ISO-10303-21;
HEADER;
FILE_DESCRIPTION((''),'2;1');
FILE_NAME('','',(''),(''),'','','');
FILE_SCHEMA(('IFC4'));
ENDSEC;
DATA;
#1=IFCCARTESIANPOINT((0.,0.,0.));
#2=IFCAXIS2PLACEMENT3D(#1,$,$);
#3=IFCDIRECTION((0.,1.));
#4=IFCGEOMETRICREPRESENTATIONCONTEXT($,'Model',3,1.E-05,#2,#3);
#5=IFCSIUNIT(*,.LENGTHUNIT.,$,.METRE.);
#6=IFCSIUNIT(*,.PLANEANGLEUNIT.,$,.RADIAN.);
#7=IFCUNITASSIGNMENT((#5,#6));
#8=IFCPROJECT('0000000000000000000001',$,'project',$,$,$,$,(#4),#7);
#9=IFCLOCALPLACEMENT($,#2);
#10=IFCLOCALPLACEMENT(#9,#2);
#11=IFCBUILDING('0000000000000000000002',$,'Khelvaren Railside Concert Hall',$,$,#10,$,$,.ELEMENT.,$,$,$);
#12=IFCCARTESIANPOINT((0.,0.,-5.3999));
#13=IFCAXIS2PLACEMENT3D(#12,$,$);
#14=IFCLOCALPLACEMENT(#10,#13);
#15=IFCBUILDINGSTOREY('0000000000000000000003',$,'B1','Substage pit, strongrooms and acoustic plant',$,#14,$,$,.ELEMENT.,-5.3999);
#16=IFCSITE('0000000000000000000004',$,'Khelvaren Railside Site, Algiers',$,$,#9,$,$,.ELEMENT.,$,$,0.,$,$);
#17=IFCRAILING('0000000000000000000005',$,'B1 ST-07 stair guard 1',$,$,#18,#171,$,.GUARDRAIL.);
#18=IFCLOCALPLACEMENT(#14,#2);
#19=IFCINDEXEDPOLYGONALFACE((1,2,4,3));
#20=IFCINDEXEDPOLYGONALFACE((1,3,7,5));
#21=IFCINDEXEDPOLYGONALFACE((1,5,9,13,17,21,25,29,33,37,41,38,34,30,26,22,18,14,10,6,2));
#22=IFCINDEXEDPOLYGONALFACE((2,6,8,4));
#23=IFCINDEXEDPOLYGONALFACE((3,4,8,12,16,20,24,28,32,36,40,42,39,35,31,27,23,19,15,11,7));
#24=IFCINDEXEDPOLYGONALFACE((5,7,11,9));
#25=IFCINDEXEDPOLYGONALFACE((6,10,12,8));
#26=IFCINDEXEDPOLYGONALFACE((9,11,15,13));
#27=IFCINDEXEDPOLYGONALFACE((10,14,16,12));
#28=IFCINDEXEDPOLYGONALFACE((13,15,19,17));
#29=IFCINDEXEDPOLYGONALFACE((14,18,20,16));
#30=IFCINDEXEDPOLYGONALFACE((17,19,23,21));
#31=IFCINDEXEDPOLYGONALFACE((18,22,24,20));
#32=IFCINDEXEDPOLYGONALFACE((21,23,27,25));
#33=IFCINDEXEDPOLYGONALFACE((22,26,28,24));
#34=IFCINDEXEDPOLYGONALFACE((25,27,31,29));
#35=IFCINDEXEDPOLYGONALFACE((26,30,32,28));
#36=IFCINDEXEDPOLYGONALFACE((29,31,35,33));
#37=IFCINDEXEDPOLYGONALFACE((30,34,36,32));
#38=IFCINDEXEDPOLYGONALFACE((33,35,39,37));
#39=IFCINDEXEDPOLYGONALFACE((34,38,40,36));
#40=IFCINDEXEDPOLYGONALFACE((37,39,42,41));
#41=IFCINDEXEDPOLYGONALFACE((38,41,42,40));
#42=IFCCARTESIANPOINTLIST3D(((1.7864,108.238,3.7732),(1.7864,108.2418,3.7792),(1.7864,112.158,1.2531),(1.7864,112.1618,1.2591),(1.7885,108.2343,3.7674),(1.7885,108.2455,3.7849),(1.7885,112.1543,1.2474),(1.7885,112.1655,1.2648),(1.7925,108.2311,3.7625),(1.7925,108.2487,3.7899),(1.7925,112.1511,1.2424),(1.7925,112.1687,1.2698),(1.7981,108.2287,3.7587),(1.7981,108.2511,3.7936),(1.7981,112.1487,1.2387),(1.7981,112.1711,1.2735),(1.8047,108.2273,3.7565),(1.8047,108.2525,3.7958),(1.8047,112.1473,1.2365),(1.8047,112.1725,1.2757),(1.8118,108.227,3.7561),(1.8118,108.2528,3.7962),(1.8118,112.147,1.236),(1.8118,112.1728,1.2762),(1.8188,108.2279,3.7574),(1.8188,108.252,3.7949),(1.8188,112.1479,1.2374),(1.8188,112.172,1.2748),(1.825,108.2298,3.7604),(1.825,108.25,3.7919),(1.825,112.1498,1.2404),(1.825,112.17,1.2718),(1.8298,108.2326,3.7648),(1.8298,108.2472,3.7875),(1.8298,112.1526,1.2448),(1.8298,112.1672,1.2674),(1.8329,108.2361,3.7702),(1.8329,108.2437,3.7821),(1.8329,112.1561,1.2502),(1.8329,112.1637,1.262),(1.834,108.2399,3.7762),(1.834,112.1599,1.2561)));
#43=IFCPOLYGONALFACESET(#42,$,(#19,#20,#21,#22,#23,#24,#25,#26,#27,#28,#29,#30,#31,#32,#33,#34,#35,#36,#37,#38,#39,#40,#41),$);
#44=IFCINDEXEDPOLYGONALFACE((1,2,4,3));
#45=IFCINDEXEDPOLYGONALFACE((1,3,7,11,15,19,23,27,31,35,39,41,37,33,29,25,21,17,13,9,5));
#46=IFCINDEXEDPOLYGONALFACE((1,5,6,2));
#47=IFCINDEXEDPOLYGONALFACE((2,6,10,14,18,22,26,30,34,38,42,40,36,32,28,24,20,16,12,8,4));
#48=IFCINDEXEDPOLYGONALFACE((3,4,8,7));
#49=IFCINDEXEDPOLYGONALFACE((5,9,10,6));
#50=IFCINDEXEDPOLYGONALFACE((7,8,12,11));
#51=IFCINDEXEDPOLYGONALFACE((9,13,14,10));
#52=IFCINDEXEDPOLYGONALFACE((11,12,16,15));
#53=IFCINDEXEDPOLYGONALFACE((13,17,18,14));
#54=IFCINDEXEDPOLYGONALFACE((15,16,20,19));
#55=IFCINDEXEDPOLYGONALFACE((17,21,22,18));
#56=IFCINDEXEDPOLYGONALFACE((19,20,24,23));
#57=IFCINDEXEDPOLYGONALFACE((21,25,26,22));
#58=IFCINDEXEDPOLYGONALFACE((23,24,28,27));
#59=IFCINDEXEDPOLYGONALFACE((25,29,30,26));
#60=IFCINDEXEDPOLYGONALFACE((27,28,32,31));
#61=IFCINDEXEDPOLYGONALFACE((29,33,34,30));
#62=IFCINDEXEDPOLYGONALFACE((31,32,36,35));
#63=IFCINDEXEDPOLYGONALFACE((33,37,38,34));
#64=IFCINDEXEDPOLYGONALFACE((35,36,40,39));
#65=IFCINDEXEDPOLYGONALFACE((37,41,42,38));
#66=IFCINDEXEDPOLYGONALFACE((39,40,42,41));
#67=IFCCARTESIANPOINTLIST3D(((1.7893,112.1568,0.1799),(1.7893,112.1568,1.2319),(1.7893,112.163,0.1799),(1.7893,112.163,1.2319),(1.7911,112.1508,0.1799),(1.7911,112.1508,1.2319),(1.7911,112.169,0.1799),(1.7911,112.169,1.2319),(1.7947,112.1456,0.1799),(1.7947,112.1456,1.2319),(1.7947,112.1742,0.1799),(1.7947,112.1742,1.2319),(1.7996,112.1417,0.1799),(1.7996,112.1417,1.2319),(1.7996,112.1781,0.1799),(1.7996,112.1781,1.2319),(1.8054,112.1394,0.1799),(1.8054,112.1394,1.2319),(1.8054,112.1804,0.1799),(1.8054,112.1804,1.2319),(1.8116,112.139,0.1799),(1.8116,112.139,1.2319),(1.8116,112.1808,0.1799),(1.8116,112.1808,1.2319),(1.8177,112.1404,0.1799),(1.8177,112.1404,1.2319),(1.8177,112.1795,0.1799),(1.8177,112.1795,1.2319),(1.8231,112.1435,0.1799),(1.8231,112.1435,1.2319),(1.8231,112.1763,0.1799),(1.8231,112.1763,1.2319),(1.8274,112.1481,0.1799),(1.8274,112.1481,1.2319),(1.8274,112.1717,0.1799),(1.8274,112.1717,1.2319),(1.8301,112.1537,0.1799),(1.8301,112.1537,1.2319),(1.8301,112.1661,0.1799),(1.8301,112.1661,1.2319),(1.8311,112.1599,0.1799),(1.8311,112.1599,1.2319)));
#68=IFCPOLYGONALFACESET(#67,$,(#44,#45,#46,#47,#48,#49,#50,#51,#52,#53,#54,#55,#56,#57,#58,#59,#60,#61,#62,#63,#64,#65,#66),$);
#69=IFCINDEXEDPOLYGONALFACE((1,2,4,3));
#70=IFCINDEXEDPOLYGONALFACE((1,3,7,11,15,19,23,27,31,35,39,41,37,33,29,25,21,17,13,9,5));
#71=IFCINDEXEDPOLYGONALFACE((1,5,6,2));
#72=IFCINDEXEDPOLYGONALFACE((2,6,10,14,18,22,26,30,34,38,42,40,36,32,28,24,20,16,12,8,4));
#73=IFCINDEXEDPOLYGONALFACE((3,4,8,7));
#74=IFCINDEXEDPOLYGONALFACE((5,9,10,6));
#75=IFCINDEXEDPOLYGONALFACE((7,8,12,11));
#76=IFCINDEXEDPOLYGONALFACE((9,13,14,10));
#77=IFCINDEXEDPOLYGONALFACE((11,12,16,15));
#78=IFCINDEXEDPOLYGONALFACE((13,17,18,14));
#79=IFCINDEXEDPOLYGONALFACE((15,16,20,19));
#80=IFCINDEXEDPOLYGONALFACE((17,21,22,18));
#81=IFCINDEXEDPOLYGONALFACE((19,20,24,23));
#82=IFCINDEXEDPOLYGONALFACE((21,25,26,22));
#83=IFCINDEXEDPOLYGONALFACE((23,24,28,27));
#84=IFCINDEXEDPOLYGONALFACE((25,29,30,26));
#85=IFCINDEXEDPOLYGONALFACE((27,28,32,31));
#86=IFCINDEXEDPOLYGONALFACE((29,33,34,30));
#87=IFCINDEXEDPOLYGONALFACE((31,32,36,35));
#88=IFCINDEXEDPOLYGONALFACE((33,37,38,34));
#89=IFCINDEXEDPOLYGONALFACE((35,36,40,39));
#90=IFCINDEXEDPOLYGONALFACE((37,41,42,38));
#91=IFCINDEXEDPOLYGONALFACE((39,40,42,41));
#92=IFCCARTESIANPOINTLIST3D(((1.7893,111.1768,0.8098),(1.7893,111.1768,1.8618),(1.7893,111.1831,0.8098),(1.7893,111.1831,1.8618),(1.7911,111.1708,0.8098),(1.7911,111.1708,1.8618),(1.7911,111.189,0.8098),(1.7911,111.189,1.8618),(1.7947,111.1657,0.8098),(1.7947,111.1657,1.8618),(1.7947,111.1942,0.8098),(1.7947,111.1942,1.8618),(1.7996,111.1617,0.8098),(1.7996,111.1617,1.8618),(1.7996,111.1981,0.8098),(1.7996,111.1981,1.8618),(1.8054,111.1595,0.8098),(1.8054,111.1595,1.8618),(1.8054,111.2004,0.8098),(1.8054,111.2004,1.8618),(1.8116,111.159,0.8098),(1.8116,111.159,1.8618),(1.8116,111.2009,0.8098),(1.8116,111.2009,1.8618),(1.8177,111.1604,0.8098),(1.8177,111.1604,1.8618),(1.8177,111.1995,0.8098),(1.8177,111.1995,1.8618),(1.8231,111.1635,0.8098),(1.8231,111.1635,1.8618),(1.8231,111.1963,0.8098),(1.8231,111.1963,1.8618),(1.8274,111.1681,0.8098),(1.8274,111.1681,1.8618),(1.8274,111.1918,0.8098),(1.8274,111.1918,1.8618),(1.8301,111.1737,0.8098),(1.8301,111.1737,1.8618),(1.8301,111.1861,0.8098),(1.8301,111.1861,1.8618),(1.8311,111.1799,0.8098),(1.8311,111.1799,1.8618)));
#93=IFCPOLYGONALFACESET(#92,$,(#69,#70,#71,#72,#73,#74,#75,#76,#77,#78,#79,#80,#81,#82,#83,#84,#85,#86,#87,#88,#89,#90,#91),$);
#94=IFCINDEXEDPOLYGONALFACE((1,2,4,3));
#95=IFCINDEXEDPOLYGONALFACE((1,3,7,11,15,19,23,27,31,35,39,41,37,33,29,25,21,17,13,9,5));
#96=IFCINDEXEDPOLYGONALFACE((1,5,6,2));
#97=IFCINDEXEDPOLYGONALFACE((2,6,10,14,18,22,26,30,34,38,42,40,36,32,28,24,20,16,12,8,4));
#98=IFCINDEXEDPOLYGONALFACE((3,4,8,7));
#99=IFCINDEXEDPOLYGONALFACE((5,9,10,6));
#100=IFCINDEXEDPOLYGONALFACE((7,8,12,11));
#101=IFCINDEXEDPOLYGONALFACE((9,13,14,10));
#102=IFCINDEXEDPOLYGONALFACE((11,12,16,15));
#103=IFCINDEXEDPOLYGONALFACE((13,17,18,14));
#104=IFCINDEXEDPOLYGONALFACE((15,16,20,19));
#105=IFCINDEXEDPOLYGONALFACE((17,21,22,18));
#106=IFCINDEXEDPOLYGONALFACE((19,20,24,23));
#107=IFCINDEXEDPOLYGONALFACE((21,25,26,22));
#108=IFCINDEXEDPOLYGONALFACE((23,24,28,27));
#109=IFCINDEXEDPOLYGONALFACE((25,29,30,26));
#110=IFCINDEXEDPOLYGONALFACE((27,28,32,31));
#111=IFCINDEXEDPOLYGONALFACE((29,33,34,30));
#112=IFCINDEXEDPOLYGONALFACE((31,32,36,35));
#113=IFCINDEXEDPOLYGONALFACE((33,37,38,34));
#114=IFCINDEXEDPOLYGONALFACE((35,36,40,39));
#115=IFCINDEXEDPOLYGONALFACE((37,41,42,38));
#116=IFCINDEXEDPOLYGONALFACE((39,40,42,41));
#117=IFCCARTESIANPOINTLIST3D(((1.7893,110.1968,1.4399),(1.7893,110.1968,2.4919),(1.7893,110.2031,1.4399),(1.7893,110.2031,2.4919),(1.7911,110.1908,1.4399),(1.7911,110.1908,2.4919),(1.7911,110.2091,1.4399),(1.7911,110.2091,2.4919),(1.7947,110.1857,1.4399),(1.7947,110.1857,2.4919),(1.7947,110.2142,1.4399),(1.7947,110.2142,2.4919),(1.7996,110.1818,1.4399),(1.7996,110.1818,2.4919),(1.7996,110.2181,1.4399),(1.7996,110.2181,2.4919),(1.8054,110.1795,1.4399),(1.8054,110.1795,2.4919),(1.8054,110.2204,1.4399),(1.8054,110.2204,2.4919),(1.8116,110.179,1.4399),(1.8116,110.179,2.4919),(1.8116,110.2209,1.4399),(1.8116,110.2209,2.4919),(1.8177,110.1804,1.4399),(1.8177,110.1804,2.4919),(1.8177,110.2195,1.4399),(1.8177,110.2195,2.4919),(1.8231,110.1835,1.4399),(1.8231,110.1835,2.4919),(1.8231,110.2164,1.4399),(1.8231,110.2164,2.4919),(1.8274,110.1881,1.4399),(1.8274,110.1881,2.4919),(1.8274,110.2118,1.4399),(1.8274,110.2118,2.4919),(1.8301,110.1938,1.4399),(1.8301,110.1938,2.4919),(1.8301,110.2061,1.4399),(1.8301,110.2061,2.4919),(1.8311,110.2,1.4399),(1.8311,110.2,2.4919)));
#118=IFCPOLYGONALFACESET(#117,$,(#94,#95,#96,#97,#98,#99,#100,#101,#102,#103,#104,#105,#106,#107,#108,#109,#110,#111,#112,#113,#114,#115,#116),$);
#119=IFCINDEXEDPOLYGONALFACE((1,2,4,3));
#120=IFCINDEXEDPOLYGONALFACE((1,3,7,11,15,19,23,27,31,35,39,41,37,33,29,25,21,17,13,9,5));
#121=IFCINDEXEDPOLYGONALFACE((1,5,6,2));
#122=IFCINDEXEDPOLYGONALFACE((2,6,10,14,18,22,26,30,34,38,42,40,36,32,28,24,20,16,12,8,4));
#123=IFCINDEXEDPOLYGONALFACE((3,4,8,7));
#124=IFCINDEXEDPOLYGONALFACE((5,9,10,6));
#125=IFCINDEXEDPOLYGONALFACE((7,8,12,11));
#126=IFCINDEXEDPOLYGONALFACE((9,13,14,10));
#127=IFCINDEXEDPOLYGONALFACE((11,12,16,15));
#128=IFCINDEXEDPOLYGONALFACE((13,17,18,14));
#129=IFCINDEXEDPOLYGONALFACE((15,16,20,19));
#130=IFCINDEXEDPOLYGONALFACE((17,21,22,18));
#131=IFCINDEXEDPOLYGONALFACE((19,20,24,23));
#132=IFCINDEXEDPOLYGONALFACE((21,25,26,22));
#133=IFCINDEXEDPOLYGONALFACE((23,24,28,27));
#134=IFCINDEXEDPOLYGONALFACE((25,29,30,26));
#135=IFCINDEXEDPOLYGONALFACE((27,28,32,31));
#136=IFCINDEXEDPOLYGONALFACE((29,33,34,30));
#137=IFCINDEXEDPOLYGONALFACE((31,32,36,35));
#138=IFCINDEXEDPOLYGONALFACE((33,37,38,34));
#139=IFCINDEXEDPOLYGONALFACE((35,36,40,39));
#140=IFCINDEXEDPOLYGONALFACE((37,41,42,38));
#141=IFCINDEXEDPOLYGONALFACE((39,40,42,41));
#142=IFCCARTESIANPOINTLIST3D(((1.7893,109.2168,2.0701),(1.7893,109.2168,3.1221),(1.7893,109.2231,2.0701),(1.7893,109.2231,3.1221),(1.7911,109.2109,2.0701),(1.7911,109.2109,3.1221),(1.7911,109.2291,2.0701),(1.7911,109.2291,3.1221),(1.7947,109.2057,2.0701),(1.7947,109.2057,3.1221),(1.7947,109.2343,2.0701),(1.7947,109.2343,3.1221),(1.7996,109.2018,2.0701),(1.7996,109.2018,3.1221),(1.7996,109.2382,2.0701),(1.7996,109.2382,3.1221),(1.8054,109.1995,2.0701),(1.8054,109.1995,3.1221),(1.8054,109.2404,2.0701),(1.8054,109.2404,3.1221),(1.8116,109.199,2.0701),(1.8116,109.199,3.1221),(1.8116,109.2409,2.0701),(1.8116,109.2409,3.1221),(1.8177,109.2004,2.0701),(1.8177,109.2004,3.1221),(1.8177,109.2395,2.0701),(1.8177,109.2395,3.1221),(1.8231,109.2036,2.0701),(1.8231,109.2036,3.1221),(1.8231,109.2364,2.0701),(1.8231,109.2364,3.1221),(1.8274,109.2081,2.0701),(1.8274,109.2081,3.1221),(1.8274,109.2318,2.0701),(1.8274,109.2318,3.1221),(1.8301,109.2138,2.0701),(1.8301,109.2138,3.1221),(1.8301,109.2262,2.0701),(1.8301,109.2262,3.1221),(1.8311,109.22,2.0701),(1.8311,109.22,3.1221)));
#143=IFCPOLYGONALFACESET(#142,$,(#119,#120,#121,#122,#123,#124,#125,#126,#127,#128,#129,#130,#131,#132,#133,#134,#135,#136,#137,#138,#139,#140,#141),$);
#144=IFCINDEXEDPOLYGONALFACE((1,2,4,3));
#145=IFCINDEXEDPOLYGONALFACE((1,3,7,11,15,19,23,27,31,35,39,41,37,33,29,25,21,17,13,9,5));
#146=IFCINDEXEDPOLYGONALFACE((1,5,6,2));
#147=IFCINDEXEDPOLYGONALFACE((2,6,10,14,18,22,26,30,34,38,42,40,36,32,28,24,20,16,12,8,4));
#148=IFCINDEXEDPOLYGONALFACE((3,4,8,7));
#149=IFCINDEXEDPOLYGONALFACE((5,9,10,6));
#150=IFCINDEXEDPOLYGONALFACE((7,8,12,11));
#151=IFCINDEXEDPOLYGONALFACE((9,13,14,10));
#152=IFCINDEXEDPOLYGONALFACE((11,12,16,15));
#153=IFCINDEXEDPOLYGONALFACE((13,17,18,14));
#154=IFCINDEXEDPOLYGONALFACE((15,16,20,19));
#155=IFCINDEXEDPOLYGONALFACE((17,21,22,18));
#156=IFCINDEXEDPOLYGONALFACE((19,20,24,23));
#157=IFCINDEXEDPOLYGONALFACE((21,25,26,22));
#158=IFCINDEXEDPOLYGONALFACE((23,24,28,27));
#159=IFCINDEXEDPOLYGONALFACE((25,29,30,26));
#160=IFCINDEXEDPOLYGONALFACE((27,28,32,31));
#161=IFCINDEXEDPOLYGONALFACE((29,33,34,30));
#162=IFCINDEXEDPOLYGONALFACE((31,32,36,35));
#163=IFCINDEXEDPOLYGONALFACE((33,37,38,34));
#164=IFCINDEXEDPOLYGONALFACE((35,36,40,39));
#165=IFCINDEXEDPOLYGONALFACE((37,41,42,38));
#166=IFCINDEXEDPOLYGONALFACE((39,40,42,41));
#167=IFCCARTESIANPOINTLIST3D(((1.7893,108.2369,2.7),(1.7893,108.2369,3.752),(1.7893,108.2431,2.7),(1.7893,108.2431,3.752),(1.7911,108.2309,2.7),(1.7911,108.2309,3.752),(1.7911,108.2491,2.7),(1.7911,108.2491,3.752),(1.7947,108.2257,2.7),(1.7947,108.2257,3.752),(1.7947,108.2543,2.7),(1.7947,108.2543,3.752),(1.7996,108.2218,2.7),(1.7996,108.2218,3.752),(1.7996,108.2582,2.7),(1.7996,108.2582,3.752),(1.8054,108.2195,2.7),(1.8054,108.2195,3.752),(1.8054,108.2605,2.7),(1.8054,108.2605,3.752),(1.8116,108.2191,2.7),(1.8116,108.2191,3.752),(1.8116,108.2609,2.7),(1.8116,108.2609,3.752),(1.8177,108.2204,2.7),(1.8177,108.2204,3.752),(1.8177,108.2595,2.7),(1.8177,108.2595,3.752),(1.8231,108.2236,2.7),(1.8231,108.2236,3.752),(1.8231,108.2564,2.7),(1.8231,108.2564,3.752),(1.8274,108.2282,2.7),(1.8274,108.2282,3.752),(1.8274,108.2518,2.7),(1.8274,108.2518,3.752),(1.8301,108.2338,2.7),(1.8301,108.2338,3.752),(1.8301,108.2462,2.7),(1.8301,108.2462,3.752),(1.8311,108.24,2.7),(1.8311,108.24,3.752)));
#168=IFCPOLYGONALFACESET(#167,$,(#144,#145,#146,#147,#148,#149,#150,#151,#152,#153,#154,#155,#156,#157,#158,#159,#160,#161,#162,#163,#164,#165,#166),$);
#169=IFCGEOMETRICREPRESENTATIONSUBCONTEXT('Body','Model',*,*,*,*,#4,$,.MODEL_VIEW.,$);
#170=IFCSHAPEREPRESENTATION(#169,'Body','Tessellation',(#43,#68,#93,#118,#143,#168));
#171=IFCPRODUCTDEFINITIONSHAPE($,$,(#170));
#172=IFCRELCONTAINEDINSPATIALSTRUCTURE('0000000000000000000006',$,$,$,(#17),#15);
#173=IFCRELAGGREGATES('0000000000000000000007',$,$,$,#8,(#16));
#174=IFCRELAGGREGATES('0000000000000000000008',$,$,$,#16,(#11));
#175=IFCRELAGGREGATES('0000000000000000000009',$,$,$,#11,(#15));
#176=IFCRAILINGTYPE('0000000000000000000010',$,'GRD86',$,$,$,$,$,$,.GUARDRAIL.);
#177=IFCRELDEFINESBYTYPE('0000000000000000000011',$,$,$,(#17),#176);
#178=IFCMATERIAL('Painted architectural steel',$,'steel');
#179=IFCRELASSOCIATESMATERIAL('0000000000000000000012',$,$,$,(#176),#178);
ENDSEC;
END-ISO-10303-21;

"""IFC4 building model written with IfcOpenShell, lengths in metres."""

from ifc_helpers import new_model, si_unit, direction, frame, origin, origin_2d, place, context, subcontext, project, spatial, circle, extrude, material, type_object, element, save


model = new_model("IFC4")

# Units and contexts
model_context = context("Model", 3, precision=1e-05, world=origin(), true_north=direction((0.0, 1.0)))
body_context = subcontext(model_context, "Body", "Model", "MODEL_VIEW")
ifc_project = project(units=[si_unit("LENGTHUNIT", "METRE"), si_unit("PLANEANGLEUNIT", "RADIAN")], contexts=[model_context])

# Site, building, storey
site_placement = place(None, origin())
site = spatial("IfcSite", under=ifc_project, at=site_placement, Name="Khelvaren Railside Site, Algiers", CompositionType="ELEMENT", RefElevation=0.0)
building_placement = place(site_placement, origin())
building = spatial("IfcBuilding", under=site, at=building_placement, Name="Khelvaren Railside Concert Hall", CompositionType="ELEMENT")
storey_placement = place(building_placement, frame((0.0, 0.0, -5.3999)))
storey = spatial("IfcBuildingStorey", under=building, at=storey_placement, Name="B1", Description="Substage pit, strongrooms and acoustic plant", CompositionType="ELEMENT", Elevation=-5.3999)

# Railing
ifc_material_1 = material(Name="Painted architectural steel", Category="steel")
railing_type_1 = type_object("IfcRailingType", Name="GRD86", PredefinedType="GUARDRAIL", material=ifc_material_1)
railing_1_placement = place(storey_placement, frame((1.8101, 112.1599, 0.1799)))
element("IfcRailing", 1, at=railing_1_placement, inside=storey, type_object=railing_type_1, Name="B1 ST-07 stair guard 1", PredefinedType="GUARDRAIL", context=body_context, shape_type="SweptSolid", body=[
    extrude(circle(Radius=0.0239, at=origin_2d()), frame((0.0, 0.0, 1.0762), z_axis=(0.0, -0.841172, 0.540768), x_axis=(1.0, 0.0, 0.0)), (0.0, 0.0, 1.0), 4.6602),
    extrude(circle(Radius=0.021, at=origin_2d()), origin(), (0.0, 0.0, 1.0), 1.052),
    extrude(circle(Radius=0.021, at=origin_2d()), frame((0.0, -0.98, 0.6299)), (0.0, 0.0, 1.0), 1.052),
    extrude(circle(Radius=0.021, at=origin_2d()), frame((0.0, -1.96, 1.26)), (0.0, 0.0, 1.0), 1.052),
    extrude(circle(Radius=0.021, at=origin_2d()), frame((0.0, -2.9399, 1.8901)), (0.0, 0.0, 1.0), 1.052),
    extrude(circle(Radius=0.021, at=origin_2d()), frame((0.0, -3.9199, 2.52)), (0.0, 0.0, 1.0), 1.052),
])

save(model, "model.ifc")
